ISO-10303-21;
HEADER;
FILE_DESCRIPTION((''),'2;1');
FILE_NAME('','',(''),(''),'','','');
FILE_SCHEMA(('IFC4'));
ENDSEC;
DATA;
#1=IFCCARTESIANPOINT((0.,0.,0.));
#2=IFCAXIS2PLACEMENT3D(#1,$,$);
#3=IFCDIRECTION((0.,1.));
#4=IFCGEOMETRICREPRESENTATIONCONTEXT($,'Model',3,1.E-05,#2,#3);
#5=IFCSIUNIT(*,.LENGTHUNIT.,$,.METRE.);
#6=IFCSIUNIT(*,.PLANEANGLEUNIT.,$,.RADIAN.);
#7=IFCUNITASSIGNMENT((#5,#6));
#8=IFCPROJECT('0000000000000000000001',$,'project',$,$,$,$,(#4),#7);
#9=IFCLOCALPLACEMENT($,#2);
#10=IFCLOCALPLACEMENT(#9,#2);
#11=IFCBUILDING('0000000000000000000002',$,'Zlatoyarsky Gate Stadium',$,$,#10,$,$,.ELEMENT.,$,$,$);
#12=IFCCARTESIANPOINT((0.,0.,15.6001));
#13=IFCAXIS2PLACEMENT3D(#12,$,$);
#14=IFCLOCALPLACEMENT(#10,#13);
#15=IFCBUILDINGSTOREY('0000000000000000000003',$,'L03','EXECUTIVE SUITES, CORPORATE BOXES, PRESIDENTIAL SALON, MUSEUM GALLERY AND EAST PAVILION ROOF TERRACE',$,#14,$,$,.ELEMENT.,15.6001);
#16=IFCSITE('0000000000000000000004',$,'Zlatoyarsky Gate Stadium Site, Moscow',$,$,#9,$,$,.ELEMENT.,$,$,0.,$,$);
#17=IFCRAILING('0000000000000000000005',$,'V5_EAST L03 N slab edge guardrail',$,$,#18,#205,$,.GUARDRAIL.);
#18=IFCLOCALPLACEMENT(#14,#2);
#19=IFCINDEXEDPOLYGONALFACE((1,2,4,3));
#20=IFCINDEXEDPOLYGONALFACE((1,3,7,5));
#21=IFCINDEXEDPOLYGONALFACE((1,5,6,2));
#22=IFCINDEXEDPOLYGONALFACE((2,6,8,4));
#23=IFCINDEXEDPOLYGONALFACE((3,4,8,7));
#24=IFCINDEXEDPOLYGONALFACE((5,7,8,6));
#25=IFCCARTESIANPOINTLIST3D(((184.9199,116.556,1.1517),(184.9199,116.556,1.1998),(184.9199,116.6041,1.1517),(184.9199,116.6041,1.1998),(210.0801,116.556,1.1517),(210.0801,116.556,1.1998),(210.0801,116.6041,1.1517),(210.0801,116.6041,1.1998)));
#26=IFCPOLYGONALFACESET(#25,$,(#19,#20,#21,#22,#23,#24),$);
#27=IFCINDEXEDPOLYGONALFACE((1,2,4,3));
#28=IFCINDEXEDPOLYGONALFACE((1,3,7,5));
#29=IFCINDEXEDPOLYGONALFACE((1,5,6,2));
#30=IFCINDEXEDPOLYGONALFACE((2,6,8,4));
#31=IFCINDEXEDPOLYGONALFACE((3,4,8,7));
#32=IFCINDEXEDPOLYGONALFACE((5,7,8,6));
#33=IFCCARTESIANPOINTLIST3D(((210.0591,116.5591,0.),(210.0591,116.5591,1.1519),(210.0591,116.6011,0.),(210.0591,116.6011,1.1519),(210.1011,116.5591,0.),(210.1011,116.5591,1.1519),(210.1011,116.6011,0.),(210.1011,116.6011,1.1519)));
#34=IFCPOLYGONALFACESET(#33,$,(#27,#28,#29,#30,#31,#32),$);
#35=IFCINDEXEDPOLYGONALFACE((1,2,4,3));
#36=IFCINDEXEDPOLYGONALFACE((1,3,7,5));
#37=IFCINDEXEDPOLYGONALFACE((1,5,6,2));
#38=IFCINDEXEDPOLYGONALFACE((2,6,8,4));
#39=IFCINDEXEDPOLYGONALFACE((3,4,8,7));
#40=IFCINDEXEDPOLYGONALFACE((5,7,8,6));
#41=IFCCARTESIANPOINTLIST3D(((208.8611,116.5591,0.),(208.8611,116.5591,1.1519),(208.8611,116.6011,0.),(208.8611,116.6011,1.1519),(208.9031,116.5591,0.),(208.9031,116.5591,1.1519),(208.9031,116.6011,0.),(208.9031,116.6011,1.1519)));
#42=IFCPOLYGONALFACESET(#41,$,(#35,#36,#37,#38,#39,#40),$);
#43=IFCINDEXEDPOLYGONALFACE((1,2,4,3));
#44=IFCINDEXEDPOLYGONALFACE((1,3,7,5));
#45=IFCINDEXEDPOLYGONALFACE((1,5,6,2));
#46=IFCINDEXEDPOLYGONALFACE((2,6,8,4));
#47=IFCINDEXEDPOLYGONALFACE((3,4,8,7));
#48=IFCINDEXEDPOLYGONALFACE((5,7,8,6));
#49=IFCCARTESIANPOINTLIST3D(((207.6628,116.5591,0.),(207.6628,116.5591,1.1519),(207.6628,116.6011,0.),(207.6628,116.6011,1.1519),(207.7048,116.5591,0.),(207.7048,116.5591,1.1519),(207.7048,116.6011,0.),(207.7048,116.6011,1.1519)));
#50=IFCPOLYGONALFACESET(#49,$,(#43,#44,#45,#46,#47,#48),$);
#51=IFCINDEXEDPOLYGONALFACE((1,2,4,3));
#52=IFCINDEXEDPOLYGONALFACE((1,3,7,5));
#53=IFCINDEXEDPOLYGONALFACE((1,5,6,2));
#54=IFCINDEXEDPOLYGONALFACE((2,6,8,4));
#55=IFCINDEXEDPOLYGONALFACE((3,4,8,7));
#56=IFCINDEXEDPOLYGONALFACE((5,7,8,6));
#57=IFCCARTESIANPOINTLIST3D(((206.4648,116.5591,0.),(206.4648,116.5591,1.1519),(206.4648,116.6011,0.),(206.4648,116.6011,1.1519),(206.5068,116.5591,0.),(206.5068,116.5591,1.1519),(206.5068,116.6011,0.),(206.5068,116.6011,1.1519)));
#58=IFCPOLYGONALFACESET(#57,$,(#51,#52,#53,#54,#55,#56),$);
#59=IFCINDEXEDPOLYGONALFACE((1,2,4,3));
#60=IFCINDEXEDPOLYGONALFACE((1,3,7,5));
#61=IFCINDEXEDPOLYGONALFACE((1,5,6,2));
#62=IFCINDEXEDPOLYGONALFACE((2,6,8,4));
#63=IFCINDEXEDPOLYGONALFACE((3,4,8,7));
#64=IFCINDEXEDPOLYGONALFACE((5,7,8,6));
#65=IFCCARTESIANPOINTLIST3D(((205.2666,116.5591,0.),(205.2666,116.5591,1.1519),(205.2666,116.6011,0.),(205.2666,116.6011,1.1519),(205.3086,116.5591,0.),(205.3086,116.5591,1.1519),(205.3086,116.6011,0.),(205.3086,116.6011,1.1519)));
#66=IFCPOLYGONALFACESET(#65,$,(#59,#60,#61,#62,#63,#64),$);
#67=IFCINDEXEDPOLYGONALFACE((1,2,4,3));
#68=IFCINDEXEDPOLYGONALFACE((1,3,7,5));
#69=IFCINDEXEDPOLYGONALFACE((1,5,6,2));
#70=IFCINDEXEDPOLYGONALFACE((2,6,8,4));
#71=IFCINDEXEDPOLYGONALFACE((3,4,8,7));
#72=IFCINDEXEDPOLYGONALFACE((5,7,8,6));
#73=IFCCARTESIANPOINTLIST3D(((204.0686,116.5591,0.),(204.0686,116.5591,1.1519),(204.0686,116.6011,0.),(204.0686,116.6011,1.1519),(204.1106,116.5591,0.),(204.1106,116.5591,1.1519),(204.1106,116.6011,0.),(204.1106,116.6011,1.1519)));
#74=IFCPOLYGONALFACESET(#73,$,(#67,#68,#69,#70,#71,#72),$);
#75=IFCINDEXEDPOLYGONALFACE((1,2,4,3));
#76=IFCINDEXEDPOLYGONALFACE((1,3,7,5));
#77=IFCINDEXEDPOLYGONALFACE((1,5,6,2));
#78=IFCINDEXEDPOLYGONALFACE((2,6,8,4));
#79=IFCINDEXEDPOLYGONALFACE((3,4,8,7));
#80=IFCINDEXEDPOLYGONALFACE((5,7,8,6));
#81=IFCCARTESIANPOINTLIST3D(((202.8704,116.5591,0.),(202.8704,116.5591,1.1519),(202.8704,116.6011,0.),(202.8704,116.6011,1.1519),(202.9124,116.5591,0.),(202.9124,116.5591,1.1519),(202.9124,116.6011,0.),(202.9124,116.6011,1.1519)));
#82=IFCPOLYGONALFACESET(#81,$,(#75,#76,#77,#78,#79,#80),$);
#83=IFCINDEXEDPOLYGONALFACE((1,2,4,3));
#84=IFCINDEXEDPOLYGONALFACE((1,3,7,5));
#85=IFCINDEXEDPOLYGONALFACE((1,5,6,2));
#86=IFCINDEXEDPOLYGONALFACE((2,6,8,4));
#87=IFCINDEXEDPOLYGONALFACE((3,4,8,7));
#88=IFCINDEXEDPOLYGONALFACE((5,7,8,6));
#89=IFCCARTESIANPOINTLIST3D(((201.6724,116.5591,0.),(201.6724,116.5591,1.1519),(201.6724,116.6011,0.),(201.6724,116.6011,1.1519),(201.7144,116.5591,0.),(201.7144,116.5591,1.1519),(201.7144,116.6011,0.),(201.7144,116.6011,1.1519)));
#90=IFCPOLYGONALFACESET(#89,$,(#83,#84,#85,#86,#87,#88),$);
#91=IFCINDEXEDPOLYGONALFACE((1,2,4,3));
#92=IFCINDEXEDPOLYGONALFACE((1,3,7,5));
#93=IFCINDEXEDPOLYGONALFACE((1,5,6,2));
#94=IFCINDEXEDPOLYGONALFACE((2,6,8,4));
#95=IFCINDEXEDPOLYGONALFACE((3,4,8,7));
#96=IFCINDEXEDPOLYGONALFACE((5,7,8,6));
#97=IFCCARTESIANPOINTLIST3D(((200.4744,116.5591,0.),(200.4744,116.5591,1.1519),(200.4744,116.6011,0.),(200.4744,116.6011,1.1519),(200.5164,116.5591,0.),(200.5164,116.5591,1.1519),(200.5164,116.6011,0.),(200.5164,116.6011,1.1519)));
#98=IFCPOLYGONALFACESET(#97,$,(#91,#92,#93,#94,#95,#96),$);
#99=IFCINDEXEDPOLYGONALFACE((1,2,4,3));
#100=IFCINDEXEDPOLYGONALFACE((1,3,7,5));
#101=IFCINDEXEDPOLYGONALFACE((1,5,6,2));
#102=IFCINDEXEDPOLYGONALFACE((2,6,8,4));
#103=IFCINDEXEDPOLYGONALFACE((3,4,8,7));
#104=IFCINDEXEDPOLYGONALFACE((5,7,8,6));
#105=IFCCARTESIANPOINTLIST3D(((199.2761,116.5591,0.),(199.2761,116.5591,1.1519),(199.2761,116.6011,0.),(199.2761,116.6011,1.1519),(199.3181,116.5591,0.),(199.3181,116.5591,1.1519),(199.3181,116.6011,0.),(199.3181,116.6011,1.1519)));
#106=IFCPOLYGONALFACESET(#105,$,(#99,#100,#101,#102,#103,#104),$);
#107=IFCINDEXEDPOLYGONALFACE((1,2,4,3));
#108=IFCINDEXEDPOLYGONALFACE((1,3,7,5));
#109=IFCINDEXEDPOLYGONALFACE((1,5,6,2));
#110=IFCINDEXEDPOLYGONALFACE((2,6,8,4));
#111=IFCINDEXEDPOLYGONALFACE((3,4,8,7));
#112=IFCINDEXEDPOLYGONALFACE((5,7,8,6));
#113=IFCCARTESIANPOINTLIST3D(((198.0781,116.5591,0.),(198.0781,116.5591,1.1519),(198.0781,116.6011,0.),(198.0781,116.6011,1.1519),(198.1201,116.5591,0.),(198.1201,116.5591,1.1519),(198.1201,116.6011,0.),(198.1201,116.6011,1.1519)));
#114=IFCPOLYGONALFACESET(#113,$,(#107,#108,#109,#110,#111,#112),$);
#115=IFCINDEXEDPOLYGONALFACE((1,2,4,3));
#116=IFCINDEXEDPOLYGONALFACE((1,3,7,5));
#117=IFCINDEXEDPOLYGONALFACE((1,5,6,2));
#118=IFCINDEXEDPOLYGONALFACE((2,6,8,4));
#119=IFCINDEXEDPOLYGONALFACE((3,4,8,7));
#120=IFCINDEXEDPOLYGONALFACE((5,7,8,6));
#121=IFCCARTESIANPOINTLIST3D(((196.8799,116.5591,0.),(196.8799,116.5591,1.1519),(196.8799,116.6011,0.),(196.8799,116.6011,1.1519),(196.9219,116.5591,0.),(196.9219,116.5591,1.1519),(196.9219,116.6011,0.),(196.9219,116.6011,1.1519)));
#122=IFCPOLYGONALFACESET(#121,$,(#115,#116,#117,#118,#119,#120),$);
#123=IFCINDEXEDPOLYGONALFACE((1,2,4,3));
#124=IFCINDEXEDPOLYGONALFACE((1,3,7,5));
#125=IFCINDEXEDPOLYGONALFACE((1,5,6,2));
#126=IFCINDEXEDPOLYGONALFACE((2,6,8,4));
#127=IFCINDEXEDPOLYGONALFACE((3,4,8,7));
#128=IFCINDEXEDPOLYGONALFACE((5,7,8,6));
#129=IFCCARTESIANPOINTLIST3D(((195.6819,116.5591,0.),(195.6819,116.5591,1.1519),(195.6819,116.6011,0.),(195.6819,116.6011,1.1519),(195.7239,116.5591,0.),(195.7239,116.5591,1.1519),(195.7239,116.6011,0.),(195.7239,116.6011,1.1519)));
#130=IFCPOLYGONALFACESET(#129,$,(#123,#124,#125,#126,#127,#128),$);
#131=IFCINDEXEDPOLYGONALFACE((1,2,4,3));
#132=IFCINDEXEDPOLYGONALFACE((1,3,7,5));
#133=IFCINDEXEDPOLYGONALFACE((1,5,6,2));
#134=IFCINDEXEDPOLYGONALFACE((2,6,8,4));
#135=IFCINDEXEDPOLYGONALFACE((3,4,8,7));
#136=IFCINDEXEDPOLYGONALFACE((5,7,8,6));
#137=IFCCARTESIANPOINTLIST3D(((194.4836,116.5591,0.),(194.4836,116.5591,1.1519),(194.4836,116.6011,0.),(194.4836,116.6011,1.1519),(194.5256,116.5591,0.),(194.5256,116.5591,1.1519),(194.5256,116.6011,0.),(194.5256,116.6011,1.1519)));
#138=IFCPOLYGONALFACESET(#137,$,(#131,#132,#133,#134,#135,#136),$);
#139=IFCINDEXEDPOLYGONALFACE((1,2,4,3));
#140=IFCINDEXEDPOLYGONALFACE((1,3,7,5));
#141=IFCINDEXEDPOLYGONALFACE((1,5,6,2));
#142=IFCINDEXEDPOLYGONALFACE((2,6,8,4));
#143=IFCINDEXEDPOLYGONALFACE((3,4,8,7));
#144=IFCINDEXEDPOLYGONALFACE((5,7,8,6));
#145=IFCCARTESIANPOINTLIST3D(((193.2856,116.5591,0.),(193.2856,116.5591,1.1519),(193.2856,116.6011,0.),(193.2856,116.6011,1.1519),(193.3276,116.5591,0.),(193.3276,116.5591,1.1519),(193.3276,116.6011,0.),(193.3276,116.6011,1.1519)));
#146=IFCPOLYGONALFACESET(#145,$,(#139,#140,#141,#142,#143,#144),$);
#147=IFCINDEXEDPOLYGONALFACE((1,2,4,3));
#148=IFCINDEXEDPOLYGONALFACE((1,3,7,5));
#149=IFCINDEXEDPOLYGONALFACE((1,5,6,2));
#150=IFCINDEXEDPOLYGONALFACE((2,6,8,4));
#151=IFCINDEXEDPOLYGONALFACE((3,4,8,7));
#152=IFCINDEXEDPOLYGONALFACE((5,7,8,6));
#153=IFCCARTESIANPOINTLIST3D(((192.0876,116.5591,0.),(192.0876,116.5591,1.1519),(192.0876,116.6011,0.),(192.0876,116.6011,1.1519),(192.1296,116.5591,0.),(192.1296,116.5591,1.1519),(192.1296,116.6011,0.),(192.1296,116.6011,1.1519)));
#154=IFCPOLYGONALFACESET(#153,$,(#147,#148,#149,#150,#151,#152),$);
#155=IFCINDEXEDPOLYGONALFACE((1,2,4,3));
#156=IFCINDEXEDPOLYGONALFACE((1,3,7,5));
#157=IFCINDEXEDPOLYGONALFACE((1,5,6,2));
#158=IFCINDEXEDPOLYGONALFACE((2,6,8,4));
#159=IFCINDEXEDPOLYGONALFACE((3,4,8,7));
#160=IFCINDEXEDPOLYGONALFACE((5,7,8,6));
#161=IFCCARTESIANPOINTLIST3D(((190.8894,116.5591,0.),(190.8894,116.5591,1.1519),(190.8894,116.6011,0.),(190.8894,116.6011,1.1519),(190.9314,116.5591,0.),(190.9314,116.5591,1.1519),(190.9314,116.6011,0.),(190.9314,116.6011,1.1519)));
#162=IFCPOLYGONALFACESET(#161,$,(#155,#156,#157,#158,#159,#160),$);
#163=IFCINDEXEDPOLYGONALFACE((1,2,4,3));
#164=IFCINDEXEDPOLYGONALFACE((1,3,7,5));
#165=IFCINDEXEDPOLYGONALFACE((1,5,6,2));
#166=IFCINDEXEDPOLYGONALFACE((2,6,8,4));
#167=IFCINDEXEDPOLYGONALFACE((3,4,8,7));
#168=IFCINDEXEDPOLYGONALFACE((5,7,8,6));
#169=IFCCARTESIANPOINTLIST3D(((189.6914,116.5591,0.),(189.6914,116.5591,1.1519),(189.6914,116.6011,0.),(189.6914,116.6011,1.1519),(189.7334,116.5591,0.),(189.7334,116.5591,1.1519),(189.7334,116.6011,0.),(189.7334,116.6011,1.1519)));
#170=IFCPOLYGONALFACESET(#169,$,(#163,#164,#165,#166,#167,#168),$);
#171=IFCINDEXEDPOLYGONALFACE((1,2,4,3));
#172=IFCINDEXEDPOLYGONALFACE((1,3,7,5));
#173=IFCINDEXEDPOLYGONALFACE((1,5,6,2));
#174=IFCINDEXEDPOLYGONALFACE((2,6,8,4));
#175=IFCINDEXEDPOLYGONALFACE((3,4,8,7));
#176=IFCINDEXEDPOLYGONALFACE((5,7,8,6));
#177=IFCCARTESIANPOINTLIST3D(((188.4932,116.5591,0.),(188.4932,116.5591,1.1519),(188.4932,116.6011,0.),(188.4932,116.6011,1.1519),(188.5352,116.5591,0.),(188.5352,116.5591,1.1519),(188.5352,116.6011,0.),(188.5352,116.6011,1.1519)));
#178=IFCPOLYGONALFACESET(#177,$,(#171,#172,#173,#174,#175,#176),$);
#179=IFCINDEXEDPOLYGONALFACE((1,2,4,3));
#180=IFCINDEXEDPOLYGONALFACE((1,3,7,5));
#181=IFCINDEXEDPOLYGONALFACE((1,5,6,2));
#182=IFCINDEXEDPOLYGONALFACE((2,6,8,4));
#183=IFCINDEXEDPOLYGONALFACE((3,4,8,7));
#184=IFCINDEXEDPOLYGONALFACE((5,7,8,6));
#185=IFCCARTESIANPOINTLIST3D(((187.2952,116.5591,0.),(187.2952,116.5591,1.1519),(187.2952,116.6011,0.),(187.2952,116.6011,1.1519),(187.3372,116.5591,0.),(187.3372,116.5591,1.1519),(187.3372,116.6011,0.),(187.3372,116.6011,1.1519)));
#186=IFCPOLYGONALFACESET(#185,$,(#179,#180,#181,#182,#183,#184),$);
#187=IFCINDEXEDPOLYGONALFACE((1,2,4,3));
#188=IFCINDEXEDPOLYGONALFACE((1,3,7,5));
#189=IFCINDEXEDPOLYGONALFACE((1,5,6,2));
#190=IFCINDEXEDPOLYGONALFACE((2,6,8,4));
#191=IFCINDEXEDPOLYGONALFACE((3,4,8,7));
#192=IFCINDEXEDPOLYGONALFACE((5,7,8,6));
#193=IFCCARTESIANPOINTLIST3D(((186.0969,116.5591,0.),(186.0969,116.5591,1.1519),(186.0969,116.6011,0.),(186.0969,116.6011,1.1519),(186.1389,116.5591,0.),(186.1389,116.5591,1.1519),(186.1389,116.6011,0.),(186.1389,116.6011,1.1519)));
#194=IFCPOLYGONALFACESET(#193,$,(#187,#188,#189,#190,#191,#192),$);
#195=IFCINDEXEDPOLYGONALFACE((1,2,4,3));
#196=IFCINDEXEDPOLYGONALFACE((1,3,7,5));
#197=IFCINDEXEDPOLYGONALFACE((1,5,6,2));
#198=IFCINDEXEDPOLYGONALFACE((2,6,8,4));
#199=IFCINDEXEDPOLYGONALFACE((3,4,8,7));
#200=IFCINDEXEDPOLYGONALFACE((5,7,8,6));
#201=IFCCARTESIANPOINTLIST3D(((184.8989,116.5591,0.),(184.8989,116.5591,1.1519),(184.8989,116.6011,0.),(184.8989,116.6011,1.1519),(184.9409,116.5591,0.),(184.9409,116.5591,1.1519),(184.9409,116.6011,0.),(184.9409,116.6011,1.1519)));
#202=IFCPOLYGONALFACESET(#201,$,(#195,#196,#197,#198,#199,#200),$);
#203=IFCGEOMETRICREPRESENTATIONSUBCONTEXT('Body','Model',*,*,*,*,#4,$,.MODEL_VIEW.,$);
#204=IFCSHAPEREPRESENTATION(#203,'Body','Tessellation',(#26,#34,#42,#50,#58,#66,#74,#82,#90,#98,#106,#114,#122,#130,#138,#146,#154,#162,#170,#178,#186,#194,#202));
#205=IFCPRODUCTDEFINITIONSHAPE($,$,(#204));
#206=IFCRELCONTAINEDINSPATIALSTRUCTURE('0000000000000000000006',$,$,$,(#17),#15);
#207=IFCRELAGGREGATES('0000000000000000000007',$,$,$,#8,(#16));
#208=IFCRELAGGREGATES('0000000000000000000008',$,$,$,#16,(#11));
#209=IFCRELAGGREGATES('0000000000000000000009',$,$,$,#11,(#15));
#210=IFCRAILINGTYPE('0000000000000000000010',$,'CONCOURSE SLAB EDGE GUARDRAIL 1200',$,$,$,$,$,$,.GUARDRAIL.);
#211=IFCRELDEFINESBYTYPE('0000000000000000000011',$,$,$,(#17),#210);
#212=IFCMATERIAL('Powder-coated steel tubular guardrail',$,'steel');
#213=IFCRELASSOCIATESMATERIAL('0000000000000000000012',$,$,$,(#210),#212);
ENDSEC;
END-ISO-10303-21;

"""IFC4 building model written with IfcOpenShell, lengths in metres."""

from ifc_helpers import new_model, si_unit, direction, frame, origin, origin_2d, place, context, subcontext, project, spatial, rectangle, extrude, material, type_object, element, save


model = new_model("IFC4")

# Units and contexts
model_context = context("Model", 3, precision=1e-05, world=origin(), true_north=direction((0.0, 1.0)))
body_context = subcontext(model_context, "Body", "Model", "MODEL_VIEW")
ifc_project = project(units=[si_unit("LENGTHUNIT", "METRE"), si_unit("PLANEANGLEUNIT", "RADIAN")], contexts=[model_context])

# Site, building, storey
site_placement = place(None, origin())
site = spatial("IfcSite", under=ifc_project, at=site_placement, Name="Zlatoyarsky Gate Stadium Site, Moscow", CompositionType="ELEMENT", RefElevation=0.0)
building_placement = place(site_placement, origin())
building = spatial("IfcBuilding", under=site, at=building_placement, Name="Zlatoyarsky Gate Stadium", CompositionType="ELEMENT")
storey_placement = place(building_placement, frame((0.0, 0.0, 15.6001)))
storey = spatial("IfcBuildingStorey", under=building, at=storey_placement, Name="L03", Description="EXECUTIVE SUITES, CORPORATE BOXES, PRESIDENTIAL SALON, MUSEUM GALLERY AND EAST PAVILION ROOF TERRACE", CompositionType="ELEMENT", Elevation=15.6001)

# Railing
ifc_material_1 = material(Name="Powder-coated steel tubular guardrail", Category="steel")
railing_type = type_object("IfcRailingType", Name="CONCOURSE SLAB EDGE GUARDRAIL 1200", PredefinedType="GUARDRAIL", material=ifc_material_1)
railing_1_placement = place(storey_placement, frame((210.0801, 116.5801, 0.0)))
element("IfcRailing", 1, at=railing_1_placement, inside=storey, type_object=railing_type, Name="V5_EAST L03 N slab edge guardrail", PredefinedType="GUARDRAIL", context=body_context, shape_type="SweptSolid", body=[
    extrude(rectangle(XDim=0.0481, YDim=0.0481, at=origin_2d()), frame((0.0, 0.0, 1.1758), z_axis=(-1.0, 0.0, 0.0), x_axis=(0.0, -1.0, 0.0)), (0.0, 0.0, 1.0), 25.1602),
    extrude(rectangle(XDim=0.042, YDim=0.042, at=origin_2d()), origin(), (0.0, 0.0, 1.0), 1.1519),
    extrude(rectangle(XDim=0.042, YDim=0.042, at=origin_2d()), frame((-1.198, 0.0, 0.0)), (0.0, 0.0, 1.0), 1.1519),
    extrude(rectangle(XDim=0.042, YDim=0.042, at=origin_2d()), frame((-2.3962, 0.0, 0.0)), (0.0, 0.0, 1.0), 1.1519),
    extrude(rectangle(XDim=0.042, YDim=0.042, at=origin_2d()), frame((-3.5942, 0.0, 0.0)), (0.0, 0.0, 1.0), 1.1519),
    extrude(rectangle(XDim=0.042, YDim=0.042, at=origin_2d()), frame((-4.7925, 0.0, 0.0)), (0.0, 0.0, 1.0), 1.1519),
    extrude(rectangle(XDim=0.042, YDim=0.042, at=origin_2d()), frame((-5.9905, 0.0, 0.0)), (0.0, 0.0, 1.0), 1.1519),
    extrude(rectangle(XDim=0.042, YDim=0.042, at=origin_2d()), frame((-7.1887, 0.0, 0.0)), (0.0, 0.0, 1.0), 1.1519),
    extrude(rectangle(XDim=0.042, YDim=0.042, at=origin_2d()), frame((-8.3867, 0.0, 0.0)), (0.0, 0.0, 1.0), 1.1519),
    extrude(rectangle(XDim=0.042, YDim=0.042, at=origin_2d()), frame((-9.5847, 0.0, 0.0)), (0.0, 0.0, 1.0), 1.1519),
    extrude(rectangle(XDim=0.042, YDim=0.042, at=origin_2d()), frame((-10.783, 0.0, 0.0)), (0.0, 0.0, 1.0), 1.1519),
    extrude(rectangle(XDim=0.042, YDim=0.042, at=origin_2d()), frame((-11.981, 0.0, 0.0)), (0.0, 0.0, 1.0), 1.1519),
    extrude(rectangle(XDim=0.042, YDim=0.042, at=origin_2d()), frame((-13.1792, 0.0, 0.0)), (0.0, 0.0, 1.0), 1.1519),
    extrude(rectangle(XDim=0.042, YDim=0.042, at=origin_2d()), frame((-14.3772, 0.0, 0.0)), (0.0, 0.0, 1.0), 1.1519),
    extrude(rectangle(XDim=0.042, YDim=0.042, at=origin_2d()), frame((-15.5754, 0.0, 0.0)), (0.0, 0.0, 1.0), 1.1519),
    extrude(rectangle(XDim=0.042, YDim=0.042, at=origin_2d()), frame((-16.7734, 0.0, 0.0)), (0.0, 0.0, 1.0), 1.1519),
    extrude(rectangle(XDim=0.042, YDim=0.042, at=origin_2d()), frame((-17.9714, 0.0, 0.0)), (0.0, 0.0, 1.0), 1.1519),
    extrude(rectangle(XDim=0.042, YDim=0.042, at=origin_2d()), frame((-19.1697, 0.0, 0.0)), (0.0, 0.0, 1.0), 1.1519),
    extrude(rectangle(XDim=0.042, YDim=0.042, at=origin_2d()), frame((-20.3677, 0.0, 0.0)), (0.0, 0.0, 1.0), 1.1519),
    extrude(rectangle(XDim=0.042, YDim=0.042, at=origin_2d()), frame((-21.5659, 0.0, 0.0)), (0.0, 0.0, 1.0), 1.1519),
    extrude(rectangle(XDim=0.042, YDim=0.042, at=origin_2d()), frame((-22.7639, 0.0, 0.0)), (0.0, 0.0, 1.0), 1.1519),
    extrude(rectangle(XDim=0.042, YDim=0.042, at=origin_2d()), frame((-23.9622, 0.0, 0.0)), (0.0, 0.0, 1.0), 1.1519),
    extrude(rectangle(XDim=0.042, YDim=0.042, at=origin_2d()), frame((-25.1602, 0.0, 0.0)), (0.0, 0.0, 1.0), 1.1519),
])

save(model, "model.ifc")
